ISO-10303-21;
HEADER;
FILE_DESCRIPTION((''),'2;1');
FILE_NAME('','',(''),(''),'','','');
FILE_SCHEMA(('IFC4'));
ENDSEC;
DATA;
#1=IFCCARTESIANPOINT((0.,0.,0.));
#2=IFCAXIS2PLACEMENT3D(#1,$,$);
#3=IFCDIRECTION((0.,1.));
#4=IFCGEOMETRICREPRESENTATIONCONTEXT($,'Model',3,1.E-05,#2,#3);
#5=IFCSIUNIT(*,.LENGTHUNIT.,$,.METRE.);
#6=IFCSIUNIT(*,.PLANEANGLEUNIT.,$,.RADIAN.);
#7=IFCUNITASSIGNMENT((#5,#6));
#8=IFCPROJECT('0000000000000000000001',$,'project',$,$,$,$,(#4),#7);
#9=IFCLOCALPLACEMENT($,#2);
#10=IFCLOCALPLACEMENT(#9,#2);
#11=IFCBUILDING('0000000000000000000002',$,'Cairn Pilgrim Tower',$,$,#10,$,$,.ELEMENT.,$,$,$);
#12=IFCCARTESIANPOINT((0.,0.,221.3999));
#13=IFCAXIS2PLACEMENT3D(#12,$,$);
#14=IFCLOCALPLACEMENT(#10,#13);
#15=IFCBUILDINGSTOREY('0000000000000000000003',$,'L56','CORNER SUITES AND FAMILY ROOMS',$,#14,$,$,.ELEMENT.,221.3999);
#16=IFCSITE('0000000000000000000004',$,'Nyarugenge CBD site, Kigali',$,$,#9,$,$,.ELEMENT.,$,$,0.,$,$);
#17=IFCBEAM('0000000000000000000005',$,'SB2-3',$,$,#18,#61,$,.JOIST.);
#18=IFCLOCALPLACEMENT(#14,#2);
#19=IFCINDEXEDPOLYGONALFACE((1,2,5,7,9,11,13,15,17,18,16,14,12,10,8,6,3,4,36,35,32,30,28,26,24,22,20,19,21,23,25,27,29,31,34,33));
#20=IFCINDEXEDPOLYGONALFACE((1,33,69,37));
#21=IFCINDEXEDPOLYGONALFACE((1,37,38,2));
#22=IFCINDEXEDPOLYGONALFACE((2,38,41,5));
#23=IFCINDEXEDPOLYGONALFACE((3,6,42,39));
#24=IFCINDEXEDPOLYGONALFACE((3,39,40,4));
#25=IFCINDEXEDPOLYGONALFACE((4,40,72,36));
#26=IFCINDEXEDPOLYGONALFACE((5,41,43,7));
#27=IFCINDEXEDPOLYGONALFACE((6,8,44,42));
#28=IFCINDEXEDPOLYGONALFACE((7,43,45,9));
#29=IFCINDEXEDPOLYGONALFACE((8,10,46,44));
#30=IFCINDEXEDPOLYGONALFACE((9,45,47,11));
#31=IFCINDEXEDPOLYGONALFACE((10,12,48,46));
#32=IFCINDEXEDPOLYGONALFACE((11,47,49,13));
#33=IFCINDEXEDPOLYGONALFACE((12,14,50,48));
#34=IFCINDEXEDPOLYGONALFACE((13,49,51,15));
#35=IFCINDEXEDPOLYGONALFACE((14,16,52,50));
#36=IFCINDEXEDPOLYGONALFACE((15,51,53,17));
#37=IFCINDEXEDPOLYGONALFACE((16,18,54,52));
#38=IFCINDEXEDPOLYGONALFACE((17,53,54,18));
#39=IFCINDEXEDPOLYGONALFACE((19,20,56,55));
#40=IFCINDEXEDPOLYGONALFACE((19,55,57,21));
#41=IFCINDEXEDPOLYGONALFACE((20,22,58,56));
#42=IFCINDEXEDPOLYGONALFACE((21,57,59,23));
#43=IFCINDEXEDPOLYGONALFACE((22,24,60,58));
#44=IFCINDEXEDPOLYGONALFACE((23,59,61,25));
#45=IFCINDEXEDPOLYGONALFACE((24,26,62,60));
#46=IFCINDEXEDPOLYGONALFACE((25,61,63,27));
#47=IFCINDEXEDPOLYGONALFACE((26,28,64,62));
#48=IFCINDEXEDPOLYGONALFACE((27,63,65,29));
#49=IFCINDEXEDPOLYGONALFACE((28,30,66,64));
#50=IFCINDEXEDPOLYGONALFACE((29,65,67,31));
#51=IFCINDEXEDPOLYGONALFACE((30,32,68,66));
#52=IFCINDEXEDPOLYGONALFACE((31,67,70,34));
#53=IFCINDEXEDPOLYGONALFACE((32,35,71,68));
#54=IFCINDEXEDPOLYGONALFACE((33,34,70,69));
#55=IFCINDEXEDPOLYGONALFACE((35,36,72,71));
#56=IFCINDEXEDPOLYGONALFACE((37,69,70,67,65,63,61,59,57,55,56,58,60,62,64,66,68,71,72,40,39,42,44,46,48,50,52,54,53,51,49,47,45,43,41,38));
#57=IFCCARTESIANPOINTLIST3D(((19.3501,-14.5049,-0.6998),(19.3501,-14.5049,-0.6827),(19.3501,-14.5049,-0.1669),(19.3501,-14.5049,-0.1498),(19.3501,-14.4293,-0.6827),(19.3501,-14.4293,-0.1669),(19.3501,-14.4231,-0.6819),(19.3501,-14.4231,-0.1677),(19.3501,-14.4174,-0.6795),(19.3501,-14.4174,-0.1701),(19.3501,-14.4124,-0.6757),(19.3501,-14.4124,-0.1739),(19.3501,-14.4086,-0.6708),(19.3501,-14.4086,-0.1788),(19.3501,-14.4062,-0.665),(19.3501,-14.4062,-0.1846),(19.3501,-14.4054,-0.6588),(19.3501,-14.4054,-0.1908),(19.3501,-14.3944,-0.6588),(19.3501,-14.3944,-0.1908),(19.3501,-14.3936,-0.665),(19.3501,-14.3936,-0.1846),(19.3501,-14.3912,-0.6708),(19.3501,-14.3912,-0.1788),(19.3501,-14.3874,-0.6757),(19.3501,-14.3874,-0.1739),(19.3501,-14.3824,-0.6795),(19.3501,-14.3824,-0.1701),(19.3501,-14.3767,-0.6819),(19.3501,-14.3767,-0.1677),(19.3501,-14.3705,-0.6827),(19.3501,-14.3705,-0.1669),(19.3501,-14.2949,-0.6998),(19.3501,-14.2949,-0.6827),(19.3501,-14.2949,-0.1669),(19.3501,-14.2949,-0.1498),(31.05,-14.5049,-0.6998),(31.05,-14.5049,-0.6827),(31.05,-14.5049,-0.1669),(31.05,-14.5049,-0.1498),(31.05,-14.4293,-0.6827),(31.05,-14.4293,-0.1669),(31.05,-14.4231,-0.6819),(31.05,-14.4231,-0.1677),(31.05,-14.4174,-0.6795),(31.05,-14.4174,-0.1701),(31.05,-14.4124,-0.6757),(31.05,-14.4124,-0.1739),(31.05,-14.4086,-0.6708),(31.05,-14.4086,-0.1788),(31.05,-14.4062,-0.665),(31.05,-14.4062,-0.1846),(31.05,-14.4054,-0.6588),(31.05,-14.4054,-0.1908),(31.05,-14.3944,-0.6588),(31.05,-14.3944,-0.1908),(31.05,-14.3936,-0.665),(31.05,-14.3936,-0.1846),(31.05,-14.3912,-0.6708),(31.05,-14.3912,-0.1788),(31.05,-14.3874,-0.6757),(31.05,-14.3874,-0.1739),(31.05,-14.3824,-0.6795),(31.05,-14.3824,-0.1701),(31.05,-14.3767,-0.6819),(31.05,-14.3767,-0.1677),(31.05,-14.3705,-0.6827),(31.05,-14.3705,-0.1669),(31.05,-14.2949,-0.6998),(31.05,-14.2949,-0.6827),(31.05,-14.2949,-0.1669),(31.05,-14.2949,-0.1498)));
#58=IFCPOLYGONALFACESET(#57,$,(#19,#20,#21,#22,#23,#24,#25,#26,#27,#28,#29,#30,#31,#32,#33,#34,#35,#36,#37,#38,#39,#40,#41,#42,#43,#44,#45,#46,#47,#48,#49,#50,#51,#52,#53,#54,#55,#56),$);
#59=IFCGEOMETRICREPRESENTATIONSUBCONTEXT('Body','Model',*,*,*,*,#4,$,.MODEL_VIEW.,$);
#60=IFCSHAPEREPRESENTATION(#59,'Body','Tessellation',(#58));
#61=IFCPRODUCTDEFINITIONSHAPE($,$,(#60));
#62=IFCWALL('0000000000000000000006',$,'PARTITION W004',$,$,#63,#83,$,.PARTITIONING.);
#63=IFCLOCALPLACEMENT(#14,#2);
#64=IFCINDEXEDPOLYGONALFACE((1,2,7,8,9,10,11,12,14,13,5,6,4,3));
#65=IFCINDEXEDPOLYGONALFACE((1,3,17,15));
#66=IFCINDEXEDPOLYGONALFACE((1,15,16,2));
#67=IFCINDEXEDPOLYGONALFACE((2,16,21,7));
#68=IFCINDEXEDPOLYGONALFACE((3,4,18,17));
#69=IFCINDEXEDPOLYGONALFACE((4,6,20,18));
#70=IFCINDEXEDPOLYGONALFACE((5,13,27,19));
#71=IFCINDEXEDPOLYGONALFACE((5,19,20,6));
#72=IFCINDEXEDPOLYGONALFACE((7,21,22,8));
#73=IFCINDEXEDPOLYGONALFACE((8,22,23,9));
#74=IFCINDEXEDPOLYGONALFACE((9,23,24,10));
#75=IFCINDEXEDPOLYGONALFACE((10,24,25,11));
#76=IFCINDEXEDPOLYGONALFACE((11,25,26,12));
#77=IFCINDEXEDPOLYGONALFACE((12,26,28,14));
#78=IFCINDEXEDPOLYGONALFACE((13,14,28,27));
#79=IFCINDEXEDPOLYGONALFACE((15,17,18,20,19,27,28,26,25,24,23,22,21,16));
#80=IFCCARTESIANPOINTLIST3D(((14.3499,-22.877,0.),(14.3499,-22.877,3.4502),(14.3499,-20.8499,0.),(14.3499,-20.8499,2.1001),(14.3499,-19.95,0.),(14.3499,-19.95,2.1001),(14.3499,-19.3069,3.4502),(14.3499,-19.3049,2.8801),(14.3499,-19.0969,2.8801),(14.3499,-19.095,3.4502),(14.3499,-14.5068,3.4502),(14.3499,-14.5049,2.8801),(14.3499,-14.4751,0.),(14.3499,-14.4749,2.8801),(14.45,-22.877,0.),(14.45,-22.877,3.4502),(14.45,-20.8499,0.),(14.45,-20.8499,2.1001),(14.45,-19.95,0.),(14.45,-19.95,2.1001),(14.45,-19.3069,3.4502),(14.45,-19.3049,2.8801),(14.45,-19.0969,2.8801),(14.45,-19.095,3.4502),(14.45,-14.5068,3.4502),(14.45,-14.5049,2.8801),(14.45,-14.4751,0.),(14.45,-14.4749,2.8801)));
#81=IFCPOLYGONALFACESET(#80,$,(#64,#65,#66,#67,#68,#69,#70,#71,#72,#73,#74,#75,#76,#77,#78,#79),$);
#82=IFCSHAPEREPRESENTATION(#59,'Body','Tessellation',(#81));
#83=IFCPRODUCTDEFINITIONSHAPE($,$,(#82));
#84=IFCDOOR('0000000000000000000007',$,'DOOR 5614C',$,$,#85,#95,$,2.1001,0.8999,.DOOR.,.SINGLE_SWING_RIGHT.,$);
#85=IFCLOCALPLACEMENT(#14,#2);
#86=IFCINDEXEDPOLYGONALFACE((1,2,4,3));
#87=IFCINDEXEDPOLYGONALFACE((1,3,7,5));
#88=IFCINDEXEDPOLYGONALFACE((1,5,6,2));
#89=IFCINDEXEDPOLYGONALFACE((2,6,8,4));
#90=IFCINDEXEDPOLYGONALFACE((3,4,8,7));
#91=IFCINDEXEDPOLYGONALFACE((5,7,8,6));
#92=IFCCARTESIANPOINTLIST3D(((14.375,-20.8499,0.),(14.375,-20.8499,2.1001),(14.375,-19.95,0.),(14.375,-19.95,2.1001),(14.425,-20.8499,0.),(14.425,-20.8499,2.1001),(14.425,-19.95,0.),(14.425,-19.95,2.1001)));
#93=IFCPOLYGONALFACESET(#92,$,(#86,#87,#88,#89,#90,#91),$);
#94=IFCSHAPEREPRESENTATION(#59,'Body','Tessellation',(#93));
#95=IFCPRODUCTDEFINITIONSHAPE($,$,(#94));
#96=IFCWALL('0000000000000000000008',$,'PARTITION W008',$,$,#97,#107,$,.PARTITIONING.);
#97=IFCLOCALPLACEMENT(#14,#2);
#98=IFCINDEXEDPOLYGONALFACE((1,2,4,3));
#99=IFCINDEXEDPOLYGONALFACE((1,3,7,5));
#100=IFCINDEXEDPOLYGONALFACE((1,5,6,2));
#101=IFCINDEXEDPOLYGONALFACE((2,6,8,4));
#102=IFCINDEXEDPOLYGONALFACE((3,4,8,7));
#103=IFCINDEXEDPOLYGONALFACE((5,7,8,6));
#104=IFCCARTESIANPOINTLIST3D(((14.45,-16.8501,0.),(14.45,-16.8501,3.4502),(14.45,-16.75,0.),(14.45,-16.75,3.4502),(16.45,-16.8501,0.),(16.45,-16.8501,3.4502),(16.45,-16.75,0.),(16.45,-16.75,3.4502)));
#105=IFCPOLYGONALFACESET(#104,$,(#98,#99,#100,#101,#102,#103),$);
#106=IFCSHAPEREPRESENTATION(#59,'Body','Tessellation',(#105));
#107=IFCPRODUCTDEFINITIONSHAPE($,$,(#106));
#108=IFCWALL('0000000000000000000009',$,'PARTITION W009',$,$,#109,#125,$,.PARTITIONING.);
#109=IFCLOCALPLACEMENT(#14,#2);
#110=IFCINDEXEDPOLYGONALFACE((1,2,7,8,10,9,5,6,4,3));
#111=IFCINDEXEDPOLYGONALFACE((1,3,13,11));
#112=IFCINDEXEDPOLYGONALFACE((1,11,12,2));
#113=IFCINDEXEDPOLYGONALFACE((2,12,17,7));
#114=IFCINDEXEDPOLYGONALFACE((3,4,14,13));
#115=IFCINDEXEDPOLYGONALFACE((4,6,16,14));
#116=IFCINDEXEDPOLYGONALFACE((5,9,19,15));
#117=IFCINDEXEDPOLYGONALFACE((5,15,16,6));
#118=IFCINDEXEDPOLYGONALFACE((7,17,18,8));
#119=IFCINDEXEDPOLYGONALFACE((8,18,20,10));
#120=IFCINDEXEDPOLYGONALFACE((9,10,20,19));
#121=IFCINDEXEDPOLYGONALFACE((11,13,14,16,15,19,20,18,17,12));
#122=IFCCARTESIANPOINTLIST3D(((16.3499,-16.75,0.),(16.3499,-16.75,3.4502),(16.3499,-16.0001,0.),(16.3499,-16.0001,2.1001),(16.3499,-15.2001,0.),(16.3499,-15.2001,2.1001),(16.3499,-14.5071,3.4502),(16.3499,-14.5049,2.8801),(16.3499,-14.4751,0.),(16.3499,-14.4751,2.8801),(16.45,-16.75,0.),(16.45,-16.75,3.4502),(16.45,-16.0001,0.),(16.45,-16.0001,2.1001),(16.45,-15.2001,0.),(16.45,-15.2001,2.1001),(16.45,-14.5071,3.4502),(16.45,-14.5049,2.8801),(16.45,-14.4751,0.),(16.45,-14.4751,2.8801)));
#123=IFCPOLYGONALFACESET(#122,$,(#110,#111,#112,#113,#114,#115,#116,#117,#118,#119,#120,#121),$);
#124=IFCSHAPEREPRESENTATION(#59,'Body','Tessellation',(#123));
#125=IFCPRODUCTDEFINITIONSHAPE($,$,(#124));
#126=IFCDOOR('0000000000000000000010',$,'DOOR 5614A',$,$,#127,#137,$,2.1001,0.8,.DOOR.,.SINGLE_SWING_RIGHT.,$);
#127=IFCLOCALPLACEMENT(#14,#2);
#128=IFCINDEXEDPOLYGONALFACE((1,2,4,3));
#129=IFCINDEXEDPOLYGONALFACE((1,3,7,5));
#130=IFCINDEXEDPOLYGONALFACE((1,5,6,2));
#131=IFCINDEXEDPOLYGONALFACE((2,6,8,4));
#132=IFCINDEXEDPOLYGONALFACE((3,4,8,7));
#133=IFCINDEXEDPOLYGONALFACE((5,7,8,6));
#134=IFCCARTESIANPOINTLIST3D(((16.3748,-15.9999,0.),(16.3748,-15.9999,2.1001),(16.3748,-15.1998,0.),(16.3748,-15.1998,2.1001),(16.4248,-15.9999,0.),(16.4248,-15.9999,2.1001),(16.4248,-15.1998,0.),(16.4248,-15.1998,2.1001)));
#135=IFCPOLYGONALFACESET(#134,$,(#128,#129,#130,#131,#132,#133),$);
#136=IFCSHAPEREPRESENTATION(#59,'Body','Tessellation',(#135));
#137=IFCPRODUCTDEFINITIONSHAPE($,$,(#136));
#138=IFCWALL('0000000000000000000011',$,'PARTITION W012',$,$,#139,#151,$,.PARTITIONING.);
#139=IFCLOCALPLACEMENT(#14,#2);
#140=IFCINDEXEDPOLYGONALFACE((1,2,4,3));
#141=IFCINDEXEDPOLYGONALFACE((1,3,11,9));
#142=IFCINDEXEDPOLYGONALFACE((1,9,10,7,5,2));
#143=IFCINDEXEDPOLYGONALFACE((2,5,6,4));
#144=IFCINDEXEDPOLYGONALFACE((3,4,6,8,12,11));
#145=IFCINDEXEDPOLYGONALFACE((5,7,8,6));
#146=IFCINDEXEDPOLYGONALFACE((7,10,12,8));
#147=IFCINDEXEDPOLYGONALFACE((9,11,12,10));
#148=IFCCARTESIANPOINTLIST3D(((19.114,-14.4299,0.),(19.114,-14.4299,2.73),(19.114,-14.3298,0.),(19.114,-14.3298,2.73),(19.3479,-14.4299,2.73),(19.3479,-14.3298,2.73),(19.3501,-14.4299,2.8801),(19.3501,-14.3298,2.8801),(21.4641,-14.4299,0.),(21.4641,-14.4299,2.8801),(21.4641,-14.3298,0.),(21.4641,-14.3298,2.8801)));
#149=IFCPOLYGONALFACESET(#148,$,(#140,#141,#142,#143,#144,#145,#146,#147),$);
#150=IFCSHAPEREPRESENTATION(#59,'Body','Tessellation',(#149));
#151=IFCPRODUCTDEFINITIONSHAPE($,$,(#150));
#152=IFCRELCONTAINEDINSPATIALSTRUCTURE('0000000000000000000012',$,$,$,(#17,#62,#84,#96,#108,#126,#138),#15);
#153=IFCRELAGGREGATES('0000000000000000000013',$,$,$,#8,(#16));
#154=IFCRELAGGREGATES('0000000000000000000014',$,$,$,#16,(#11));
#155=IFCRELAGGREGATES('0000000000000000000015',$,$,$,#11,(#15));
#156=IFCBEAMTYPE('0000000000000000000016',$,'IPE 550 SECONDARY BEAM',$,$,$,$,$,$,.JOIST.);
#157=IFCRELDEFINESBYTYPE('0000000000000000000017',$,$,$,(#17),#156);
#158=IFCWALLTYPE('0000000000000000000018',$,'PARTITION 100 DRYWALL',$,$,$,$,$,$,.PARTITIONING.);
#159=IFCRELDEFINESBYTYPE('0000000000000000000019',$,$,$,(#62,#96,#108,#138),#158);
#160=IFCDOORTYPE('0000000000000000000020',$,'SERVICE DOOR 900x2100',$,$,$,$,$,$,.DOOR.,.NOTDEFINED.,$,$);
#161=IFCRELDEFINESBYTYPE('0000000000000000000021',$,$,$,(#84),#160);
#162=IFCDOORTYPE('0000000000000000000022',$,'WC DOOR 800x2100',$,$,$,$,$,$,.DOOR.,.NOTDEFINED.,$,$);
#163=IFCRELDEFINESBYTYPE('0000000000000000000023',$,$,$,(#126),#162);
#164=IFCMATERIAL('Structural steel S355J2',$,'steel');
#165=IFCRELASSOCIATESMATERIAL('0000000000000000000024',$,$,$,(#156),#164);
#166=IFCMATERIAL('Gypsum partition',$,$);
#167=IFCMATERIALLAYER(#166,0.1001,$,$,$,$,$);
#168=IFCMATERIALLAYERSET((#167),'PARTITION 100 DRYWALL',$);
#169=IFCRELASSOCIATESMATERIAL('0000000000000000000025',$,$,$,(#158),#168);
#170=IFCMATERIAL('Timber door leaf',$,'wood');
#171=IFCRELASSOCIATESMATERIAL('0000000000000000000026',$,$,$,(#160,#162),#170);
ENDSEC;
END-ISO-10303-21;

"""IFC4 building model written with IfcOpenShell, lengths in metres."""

from ifc_helpers import new_model, si_unit, direction, frame, frame_2d, origin, origin_2d, place, context, subcontext, project, spatial, polyline, rectangle, i_section, outline, extrude, material, layer, layer_set, material_profile, profile_set, type_object, element, fill, save


model = new_model("IFC4")

# Units and contexts
model_context = context("Model", 3, precision=1e-05, world=origin(), true_north=direction((0.0, 1.0)))
body_context = subcontext(model_context, "Body", "Model", "MODEL_VIEW")
ifc_project = project(units=[si_unit("LENGTHUNIT", "METRE"), si_unit("PLANEANGLEUNIT", "RADIAN")], contexts=[model_context])

# Site, building, storey
site_placement = place(None, origin())
site = spatial("IfcSite", under=ifc_project, at=site_placement, Name="Nyarugenge CBD site, Kigali", CompositionType="ELEMENT", RefElevation=0.0)
building_placement = place(site_placement, origin())
building = spatial("IfcBuilding", under=site, at=building_placement, Name="Cairn Pilgrim Tower", CompositionType="ELEMENT")
storey_placement = place(building_placement, frame((0.0, 0.0, 221.3999)))
storey = spatial("IfcBuildingStorey", under=building, at=storey_placement, Name="L56", Description="CORNER SUITES AND FAMILY ROOMS", CompositionType="ELEMENT", Elevation=221.3999)

# Beam
ifc_material_1 = material(Name="Structural steel S355J2", Category="steel")
ifc_material_profile_1 = material_profile(ifc_material_1, i_section(OverallWidth=0.21, OverallDepth=0.55, WebThickness=0.011, FlangeThickness=0.0171, FilletRadius=0.0239, at=origin_2d()), Name="IPE 550")
ifc_profile_set_1 = profile_set([ifc_material_profile_1], Name="Structural steel S355J2")
beam_type_1 = type_object("IfcBeamType", Name="IPE 550 SECONDARY BEAM", PredefinedType="JOIST", material=ifc_profile_set_1)
beam_1_placement = place(storey_placement, frame((19.3501, -14.3999, -0.4248), z_axis=(1.0, 0.0, 0.0), x_axis=(0.0, 1.0, 0.0)))
element("IfcBeam", 1, at=beam_1_placement, inside=storey, type_object=beam_type_1, Name="SB2-3", PredefinedType="JOIST", context=body_context, shape_type="SweptSolid", body=[
    extrude(i_section(OverallWidth=0.21, OverallDepth=0.55, WebThickness=0.011, FlangeThickness=0.0171, FilletRadius=0.0239, at=origin_2d()), origin(), (0.0, 0.0, 1.0), 11.7),
])

# Wall, opening, door
ifc_material_2 = material(Name="Gypsum partition")
ifc_layer_1 = layer(ifc_material_2, 0.1001)
ifc_layer_set_1 = layer_set([ifc_layer_1], Name="PARTITION 100 DRYWALL")
wall_type_1 = type_object("IfcWallType", Name="PARTITION 100 DRYWALL", PredefinedType="PARTITIONING", material=ifc_layer_set_1)
wall_1_placement = place(storey_placement, frame((14.3999, -22.877, 0.0), z_axis=(0.0, 0.0, 1.0), x_axis=(0.0, 1.0, 0.0)))
wall_1 = element("IfcWall", 2, at=wall_1_placement, inside=storey, type_object=wall_type_1, Name="PARTITION W004", PredefinedType="PARTITIONING", context=body_context, shape_type="SweptSolid", body=[
    extrude(outline(polyline([(0.0, 0.0), (8.4019, 0.0), (8.4021, 2.8801), (8.3721, 2.8801), (8.3701, 3.4502), (3.782, 3.4502), (3.78, 2.8801), (3.572, 2.8801), (3.5701, 3.4502), (0.0, 3.4502), (0.0, 0.0)])), frame((0.0, 0.05, 0.0), z_axis=(0.0, -1.0, 0.0), x_axis=(1.0, 0.0, 0.0)), (0.0, 0.0, 1.0), 0.1001),
])
opening_1_placement = place(wall_1_placement, frame((2.0271, 0.0, 0.0)))
opening_1 = element("IfcOpeningElement", 3, at=opening_1_placement, cuts=wall_1, PredefinedType="OPENING", context=body_context, shape_type="SweptSolid", body=[
    extrude(rectangle(XDim=0.8999, YDim=2.1001, at=frame_2d((0.45, 1.05))), frame((0.0, 0.0601, 0.0), z_axis=(0.0, -1.0, 0.0), x_axis=(1.0, 0.0, 0.0)), (0.0, 0.0, 1.0), 0.1201),
])
ifc_material_3 = material(Name="Timber door leaf", Category="wood")
door_type_1 = type_object("IfcDoorType", Name="SERVICE DOOR 900x2100", OperationType="NOTDEFINED", PredefinedType="DOOR", material=ifc_material_3)
door_1_placement = place(opening_1_placement, origin())
door_1 = element("IfcDoor", 4, at=door_1_placement, inside=storey, type_object=door_type_1, Name="DOOR 5614C", OperationType="SINGLE_SWING_RIGHT", OverallHeight=2.1001, OverallWidth=0.8999, PredefinedType="DOOR", context=body_context, shape_type="SweptSolid", body=[
    extrude(rectangle(XDim=0.8999, YDim=2.1001, at=frame_2d((0.45, 1.05))), frame((0.0, 0.0249, 0.0), z_axis=(0.0, -1.0, 0.0), x_axis=(1.0, 0.0, 0.0)), (0.0, 0.0, 1.0), 0.05),
])
fill(opening_1, door_1)

# Wall
wall_2_placement = place(storey_placement, frame((14.45, -16.8, 0.0), z_axis=(0.0, 0.0, 1.0), x_axis=(1.0, 0.0, 0.0)))
element("IfcWall", 5, at=wall_2_placement, inside=storey, type_object=wall_type_1, Name="PARTITION W008", PredefinedType="PARTITIONING", context=body_context, shape_type="SweptSolid", body=[
    extrude(rectangle(XDim=2.0, YDim=0.1001, at=frame_2d((1.0, 0.0))), origin(), (0.0, 0.0, 1.0), 3.4502),
])

# Wall, opening, door
wall_3_placement = place(storey_placement, frame((16.3999, -16.75, 0.0), z_axis=(0.0, 0.0, 1.0), x_axis=(0.0, 1.0, 0.0)))
wall_3 = element("IfcWall", 6, at=wall_3_placement, inside=storey, type_object=wall_type_1, Name="PARTITION W009", PredefinedType="PARTITIONING", context=body_context, shape_type="SweptSolid", body=[
    extrude(outline(polyline([(0.0, 0.0), (2.2749, 0.0), (2.2749, 2.8801), (2.2451, 2.8801), (2.2429, 3.4502), (0.0, 3.4502), (0.0, 0.0)])), frame((0.0, 0.05, 0.0), z_axis=(0.0, -1.0, 0.0), x_axis=(1.0, 0.0, 0.0)), (0.0, 0.0, 1.0), 0.1001),
])
opening_2_placement = place(wall_3_placement, frame((0.75, 0.0, 0.0)))
opening_2 = element("IfcOpeningElement", 7, at=opening_2_placement, cuts=wall_3, PredefinedType="OPENING", context=body_context, shape_type="SweptSolid", body=[
    extrude(rectangle(XDim=0.8, YDim=2.1001, at=frame_2d((0.3999, 1.05))), frame((0.0, 0.0601, 0.0), z_axis=(0.0, -1.0, 0.0), x_axis=(1.0, 0.0, 0.0)), (0.0, 0.0, 1.0), 0.1201),
])
door_type_2 = type_object("IfcDoorType", Name="WC DOOR 800x2100", OperationType="NOTDEFINED", PredefinedType="DOOR", material=ifc_material_3)
door_2_placement = place(opening_2_placement, frame((0.8, 0.0, 0.0), z_axis=(0.0, 0.0, 1.0), x_axis=(-1.0, 0.0, 0.0)))
door_2 = element("IfcDoor", 8, at=door_2_placement, inside=storey, type_object=door_type_2, Name="DOOR 5614A", OperationType="SINGLE_SWING_RIGHT", OverallHeight=2.1001, OverallWidth=0.8, PredefinedType="DOOR", context=body_context, shape_type="SweptSolid", body=[
    extrude(rectangle(XDim=0.8, YDim=2.1001, at=frame_2d((0.3999, 1.05))), frame((0.0, 0.0249, 0.0), z_axis=(0.0, -1.0, 0.0), x_axis=(1.0, 0.0, 0.0)), (0.0, 0.0, 1.0), 0.05),
])
fill(opening_2, door_2)

# Wall
wall_4_placement = place(storey_placement, frame((19.114, -14.3799, 0.0), z_axis=(0.0, 0.0, 1.0), x_axis=(1.0, 0.0, 0.0)))
element("IfcWall", 9, at=wall_4_placement, inside=storey, type_object=wall_type_1, Name="PARTITION W012", PredefinedType="PARTITIONING", context=body_context, shape_type="SweptSolid", body=[
    extrude(outline(polyline([(0.0, 0.0), (2.3501, 0.0), (2.3501, 2.8801), (0.2361, 2.8801), (0.2339, 2.73), (0.0, 2.73), (0.0, 0.0)])), frame((0.0, 0.05, 0.0), z_axis=(0.0, -1.0, 0.0), x_axis=(1.0, 0.0, 0.0)), (0.0, 0.0, 1.0), 0.1001),
])

save(model, "model.ifc")
